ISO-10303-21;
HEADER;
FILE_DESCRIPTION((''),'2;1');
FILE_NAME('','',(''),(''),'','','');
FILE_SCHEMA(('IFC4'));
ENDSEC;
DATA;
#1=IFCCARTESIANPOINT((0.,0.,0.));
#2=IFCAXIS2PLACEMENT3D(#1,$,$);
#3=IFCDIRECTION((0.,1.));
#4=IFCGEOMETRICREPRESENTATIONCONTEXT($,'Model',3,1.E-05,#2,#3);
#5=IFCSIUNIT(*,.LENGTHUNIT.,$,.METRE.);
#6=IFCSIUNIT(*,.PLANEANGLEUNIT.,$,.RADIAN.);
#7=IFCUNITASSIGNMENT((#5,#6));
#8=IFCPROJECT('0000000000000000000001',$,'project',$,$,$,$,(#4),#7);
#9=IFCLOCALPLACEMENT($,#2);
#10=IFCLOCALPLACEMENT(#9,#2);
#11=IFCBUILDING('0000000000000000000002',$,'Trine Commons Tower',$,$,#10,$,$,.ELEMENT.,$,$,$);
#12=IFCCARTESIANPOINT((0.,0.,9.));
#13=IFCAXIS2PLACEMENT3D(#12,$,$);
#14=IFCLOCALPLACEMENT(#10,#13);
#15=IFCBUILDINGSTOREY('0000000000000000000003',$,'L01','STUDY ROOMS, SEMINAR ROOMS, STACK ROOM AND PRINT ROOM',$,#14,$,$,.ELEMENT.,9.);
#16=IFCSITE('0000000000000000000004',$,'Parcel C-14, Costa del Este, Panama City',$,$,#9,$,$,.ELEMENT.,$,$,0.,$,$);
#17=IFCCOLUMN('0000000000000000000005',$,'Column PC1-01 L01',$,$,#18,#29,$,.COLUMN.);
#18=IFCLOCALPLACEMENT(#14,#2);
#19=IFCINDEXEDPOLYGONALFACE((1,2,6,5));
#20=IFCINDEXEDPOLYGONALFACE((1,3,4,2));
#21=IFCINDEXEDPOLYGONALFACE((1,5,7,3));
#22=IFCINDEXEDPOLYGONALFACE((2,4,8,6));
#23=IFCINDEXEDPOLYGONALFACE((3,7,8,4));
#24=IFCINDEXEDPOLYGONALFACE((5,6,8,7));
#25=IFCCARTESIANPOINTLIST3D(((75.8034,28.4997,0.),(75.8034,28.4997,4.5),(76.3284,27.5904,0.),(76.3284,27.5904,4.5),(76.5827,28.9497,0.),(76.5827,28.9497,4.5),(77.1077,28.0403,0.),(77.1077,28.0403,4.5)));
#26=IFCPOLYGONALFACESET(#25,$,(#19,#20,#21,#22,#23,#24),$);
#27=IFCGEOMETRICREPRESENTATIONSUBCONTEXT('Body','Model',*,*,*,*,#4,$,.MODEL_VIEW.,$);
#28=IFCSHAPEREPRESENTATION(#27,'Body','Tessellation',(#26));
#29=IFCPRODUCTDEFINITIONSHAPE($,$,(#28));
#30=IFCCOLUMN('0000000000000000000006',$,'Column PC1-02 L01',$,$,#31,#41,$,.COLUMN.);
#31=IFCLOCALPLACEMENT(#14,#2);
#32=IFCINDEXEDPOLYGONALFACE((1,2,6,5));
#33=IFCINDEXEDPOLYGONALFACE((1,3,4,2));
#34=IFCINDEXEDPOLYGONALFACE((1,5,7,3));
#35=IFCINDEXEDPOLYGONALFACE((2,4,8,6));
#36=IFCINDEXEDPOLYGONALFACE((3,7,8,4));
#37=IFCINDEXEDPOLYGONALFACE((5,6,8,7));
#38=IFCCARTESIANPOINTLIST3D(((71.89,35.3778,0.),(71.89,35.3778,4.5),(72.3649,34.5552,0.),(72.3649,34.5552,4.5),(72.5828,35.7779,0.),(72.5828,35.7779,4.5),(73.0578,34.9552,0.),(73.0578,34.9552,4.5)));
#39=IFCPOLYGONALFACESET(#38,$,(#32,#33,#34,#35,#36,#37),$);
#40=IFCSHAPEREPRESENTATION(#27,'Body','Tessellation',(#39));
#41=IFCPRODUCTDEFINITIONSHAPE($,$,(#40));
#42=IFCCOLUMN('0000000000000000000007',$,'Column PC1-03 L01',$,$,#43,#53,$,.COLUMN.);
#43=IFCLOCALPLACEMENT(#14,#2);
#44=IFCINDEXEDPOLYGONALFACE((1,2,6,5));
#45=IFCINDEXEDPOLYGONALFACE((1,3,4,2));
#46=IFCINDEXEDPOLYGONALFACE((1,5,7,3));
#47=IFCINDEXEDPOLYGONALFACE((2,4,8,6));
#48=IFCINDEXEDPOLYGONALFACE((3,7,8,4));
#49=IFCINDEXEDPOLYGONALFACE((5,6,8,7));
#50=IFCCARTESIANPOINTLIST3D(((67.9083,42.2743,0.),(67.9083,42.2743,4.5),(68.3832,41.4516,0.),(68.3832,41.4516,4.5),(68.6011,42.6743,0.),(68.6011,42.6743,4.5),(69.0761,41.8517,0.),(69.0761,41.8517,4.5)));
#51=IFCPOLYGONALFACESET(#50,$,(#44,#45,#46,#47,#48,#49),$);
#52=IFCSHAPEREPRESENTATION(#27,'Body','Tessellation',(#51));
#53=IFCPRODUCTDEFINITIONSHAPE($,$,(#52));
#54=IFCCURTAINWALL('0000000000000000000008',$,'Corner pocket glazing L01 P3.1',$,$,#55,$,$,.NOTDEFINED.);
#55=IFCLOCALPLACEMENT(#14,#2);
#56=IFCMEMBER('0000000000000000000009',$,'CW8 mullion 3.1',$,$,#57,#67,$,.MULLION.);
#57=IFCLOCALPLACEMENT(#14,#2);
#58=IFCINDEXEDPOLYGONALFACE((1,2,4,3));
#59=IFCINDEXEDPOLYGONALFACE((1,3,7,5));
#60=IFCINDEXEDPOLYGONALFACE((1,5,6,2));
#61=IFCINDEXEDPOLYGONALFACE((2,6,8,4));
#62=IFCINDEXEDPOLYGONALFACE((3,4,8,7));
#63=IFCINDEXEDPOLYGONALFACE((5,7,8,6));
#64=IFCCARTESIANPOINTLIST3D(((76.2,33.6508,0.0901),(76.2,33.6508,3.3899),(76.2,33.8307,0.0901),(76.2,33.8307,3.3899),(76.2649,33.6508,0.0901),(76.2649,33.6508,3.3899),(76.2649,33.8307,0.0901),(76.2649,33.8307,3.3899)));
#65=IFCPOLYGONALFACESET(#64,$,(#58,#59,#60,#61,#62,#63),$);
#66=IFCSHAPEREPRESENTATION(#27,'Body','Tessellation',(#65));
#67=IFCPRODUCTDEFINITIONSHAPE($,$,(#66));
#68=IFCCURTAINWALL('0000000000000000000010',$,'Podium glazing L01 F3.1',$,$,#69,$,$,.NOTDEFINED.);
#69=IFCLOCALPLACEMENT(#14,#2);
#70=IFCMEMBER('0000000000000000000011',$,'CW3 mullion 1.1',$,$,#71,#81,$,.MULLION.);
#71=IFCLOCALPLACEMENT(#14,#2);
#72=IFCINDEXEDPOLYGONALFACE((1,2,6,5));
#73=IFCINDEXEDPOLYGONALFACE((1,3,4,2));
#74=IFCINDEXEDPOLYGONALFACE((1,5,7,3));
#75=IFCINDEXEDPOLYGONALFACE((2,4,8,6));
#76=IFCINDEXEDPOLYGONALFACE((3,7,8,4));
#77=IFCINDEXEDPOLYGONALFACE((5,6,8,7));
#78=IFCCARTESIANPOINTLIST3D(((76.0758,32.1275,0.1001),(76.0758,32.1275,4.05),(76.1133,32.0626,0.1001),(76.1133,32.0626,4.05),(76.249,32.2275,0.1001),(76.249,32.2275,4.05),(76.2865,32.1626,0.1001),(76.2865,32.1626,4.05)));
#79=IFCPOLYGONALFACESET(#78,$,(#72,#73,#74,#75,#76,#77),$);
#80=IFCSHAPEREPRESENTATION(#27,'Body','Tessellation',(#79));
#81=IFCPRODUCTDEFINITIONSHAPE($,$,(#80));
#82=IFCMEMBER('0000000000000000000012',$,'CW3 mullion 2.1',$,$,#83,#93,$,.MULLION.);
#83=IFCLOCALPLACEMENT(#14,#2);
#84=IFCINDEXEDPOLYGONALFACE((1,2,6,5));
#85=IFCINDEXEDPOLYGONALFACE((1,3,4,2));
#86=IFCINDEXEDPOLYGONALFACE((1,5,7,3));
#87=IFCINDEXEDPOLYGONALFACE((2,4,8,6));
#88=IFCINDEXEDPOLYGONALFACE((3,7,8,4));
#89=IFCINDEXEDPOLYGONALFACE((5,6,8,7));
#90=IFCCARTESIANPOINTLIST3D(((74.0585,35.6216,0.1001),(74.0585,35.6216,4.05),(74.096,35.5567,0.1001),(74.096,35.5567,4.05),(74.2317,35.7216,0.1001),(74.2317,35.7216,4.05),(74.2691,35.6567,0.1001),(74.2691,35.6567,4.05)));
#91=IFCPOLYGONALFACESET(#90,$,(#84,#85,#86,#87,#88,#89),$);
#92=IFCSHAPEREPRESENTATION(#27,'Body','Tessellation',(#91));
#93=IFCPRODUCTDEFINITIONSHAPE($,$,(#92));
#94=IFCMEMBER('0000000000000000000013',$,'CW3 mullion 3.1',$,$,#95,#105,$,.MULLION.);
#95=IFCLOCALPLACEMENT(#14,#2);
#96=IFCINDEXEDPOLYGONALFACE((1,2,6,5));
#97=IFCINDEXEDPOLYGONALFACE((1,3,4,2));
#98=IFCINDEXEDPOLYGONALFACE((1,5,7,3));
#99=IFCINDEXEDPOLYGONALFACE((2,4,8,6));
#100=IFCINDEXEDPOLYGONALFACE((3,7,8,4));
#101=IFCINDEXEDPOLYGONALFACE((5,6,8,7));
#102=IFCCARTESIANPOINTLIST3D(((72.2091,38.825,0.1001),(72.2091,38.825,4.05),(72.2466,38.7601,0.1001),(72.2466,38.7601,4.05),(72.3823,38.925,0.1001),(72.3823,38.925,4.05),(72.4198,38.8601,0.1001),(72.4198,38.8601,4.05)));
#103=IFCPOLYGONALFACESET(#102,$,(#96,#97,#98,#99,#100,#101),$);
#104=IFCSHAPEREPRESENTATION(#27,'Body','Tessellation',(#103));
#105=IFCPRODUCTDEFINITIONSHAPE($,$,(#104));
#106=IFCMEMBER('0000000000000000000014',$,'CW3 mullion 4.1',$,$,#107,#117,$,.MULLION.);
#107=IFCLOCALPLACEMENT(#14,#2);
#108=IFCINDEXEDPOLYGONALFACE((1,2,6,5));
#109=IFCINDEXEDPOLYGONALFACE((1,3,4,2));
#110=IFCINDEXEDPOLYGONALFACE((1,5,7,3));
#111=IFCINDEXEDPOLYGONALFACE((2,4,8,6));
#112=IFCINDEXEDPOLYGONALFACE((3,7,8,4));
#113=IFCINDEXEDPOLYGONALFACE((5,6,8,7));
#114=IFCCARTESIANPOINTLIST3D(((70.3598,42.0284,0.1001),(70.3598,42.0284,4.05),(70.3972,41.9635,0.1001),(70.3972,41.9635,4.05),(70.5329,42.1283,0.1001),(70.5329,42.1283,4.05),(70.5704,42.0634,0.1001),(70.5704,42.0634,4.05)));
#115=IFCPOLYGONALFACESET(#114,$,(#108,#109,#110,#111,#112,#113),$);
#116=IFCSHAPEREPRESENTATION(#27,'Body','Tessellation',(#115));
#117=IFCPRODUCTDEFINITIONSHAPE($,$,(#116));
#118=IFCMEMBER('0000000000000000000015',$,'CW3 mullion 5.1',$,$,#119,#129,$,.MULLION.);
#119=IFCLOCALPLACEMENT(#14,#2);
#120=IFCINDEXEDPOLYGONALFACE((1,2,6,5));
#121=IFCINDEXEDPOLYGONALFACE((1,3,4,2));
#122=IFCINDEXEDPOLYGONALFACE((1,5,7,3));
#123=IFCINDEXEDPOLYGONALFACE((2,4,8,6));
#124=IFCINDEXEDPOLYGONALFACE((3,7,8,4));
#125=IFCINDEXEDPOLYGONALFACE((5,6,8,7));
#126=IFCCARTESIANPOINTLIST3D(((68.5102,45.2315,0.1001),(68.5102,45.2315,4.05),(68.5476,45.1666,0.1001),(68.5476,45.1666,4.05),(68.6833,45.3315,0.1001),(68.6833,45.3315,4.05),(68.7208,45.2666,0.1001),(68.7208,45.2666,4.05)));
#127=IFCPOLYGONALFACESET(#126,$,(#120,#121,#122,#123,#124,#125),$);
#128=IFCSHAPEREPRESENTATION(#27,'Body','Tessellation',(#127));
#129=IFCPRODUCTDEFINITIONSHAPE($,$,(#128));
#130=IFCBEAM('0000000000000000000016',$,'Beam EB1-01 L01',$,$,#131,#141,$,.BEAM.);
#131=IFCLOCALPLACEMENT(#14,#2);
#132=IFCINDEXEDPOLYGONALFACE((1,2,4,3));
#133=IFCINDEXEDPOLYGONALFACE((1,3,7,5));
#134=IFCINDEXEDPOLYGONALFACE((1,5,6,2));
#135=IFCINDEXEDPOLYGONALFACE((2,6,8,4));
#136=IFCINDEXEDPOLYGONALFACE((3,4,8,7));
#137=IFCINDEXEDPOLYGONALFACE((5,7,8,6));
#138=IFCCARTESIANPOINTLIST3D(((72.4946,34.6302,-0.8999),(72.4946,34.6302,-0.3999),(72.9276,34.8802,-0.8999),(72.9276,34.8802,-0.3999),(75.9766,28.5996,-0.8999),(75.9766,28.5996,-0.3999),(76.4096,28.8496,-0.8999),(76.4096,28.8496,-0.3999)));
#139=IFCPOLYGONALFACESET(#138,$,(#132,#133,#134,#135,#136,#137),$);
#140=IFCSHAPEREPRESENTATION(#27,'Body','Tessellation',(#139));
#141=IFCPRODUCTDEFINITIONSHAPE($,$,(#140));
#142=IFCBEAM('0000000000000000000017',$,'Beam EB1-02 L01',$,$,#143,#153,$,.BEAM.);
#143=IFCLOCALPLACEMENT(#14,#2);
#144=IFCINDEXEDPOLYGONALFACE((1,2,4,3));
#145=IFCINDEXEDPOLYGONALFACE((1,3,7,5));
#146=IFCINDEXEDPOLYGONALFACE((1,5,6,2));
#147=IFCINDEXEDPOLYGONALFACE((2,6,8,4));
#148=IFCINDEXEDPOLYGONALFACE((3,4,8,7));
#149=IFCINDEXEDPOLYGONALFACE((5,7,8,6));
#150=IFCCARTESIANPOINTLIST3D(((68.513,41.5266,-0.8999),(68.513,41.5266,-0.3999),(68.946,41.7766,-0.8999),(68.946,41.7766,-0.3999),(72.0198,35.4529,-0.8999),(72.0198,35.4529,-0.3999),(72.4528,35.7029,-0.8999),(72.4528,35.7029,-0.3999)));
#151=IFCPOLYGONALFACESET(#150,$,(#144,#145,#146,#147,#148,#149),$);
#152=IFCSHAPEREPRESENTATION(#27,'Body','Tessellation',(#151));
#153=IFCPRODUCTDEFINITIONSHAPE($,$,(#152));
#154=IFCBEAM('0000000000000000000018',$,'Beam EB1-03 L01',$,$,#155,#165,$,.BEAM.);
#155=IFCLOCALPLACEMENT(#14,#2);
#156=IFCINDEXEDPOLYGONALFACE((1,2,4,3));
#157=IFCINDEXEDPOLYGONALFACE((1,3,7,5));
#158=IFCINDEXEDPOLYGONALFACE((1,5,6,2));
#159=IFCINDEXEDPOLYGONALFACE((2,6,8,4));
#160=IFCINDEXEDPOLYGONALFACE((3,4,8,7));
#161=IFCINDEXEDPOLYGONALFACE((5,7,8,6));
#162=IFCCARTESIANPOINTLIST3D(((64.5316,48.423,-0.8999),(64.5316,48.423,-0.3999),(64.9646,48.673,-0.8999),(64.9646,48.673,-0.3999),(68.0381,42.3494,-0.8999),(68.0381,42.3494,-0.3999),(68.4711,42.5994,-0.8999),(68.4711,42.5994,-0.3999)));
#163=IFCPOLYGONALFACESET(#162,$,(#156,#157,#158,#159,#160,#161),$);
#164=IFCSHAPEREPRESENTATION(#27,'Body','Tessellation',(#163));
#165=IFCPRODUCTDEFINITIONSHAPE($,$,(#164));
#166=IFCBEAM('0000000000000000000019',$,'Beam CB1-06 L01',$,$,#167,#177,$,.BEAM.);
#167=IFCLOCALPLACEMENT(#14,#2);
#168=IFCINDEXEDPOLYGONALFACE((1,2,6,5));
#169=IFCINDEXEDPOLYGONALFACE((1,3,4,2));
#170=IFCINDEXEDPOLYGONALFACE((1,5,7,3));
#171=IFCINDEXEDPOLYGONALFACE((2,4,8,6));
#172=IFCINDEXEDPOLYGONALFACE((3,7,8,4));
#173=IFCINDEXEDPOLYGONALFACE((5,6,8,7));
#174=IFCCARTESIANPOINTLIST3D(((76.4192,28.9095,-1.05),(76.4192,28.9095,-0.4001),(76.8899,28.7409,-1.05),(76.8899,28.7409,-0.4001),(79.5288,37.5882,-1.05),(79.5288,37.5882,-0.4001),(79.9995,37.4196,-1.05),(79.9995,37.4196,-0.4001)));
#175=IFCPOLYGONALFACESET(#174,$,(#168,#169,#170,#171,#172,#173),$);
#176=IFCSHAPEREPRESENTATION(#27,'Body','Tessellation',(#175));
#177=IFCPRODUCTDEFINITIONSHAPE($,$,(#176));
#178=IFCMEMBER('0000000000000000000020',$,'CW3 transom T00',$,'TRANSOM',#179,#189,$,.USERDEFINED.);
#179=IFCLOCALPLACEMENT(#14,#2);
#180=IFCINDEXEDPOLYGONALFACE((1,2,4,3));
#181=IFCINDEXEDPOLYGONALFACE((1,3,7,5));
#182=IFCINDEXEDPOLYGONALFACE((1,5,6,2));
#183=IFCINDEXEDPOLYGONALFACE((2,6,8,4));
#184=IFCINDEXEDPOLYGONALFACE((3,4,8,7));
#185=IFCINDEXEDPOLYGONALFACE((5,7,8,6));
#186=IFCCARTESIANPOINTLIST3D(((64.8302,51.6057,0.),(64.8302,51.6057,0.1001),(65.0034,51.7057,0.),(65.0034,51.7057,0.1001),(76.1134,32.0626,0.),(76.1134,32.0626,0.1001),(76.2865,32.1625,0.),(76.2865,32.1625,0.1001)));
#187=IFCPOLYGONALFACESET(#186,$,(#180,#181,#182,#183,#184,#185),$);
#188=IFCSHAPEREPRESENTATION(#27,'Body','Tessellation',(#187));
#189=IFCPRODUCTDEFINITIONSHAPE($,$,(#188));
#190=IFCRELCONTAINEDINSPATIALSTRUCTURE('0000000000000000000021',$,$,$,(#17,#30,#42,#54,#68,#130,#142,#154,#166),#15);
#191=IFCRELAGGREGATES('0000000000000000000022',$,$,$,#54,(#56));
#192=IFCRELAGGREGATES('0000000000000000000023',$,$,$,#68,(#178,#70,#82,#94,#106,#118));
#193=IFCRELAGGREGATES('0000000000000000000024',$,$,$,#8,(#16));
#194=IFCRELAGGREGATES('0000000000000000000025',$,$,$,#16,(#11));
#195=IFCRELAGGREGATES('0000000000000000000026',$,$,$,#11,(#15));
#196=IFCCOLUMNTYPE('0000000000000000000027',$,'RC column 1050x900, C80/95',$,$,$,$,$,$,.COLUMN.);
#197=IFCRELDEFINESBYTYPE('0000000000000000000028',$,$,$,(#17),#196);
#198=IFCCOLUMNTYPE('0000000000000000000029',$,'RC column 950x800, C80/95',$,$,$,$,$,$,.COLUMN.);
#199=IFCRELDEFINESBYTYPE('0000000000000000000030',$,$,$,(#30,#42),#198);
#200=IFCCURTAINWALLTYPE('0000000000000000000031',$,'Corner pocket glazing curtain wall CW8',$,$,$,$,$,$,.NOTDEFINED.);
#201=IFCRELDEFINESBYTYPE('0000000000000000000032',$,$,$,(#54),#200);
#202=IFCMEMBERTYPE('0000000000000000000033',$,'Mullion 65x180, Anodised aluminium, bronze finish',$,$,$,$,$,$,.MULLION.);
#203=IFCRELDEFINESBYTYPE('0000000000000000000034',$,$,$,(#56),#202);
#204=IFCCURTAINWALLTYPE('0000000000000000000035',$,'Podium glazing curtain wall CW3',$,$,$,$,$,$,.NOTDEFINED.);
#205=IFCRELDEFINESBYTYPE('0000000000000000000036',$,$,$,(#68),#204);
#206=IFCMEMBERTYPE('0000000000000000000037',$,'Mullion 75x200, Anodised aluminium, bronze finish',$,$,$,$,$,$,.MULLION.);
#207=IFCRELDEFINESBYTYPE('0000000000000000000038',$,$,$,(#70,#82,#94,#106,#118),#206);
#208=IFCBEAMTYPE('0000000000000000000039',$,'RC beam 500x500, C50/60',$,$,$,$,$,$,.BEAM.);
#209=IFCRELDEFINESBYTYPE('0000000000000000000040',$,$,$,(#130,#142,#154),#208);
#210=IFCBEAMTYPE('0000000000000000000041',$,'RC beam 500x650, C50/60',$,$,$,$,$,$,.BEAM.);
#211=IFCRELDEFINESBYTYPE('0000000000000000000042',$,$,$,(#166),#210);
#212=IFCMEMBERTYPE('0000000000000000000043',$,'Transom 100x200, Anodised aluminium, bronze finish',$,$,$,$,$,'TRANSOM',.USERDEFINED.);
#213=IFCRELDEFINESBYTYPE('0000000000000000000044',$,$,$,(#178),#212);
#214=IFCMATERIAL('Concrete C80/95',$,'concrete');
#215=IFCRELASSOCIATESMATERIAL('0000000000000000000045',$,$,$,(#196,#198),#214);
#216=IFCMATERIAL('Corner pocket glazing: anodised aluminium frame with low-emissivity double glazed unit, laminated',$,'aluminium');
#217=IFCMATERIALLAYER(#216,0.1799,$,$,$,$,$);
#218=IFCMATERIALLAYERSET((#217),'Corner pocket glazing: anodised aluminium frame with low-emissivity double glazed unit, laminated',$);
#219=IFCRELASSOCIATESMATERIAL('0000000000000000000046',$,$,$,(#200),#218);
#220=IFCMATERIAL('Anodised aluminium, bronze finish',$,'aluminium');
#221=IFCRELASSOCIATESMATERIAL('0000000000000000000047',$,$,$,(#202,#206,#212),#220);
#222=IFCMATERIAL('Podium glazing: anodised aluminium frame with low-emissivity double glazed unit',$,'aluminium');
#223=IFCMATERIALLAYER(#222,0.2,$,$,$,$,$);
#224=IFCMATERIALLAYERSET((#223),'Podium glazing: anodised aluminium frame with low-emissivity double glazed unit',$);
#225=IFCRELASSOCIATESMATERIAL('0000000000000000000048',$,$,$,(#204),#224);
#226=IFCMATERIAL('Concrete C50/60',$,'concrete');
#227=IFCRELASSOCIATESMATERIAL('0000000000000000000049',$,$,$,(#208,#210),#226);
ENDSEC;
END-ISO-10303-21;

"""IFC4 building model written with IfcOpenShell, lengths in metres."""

from ifc_helpers import new_model, si_unit, direction, frame, origin, origin_2d, place, context, subcontext, project, spatial, rectangle, extrude, material, layer, layer_set, material_profile, profile_set, type_object, element, aggregate, save


model = new_model("IFC4")

# Units and contexts
model_context = context("Model", 3, precision=1e-05, world=origin(), true_north=direction((0.0, 1.0)))
body_context = subcontext(model_context, "Body", "Model", "MODEL_VIEW")
ifc_project = project(units=[si_unit("LENGTHUNIT", "METRE"), si_unit("PLANEANGLEUNIT", "RADIAN")], contexts=[model_context])

# Site, building, storey
site_placement = place(None, origin())
site = spatial("IfcSite", under=ifc_project, at=site_placement, Name="Parcel C-14, Costa del Este, Panama City", CompositionType="ELEMENT", RefElevation=0.0)
building_placement = place(site_placement, origin())
building = spatial("IfcBuilding", under=site, at=building_placement, Name="Trine Commons Tower", CompositionType="ELEMENT")
storey_placement = place(building_placement, frame((0.0, 0.0, 9.0)))
storey = spatial("IfcBuildingStorey", under=building, at=storey_placement, Name="L01", Description="STUDY ROOMS, SEMINAR ROOMS, STACK ROOM AND PRINT ROOM", CompositionType="ELEMENT", Elevation=9.0)

# Columns
ifc_material_1 = material(Name="Concrete C80/95", Category="concrete")
ifc_material_profile_1 = material_profile(ifc_material_1, rectangle(XDim=1.05, YDim=0.8999, at=origin_2d()), Name="RC 1050x900")
ifc_profile_set_1 = profile_set([ifc_material_profile_1], Name="Concrete C80/95")
column_type_1 = type_object("IfcColumnType", Name="RC column 1050x900, C80/95", PredefinedType="COLUMN", material=ifc_profile_set_1)
column_placement = place(storey_placement, frame((76.4556, 28.27, 0.0), z_axis=(0.0, 0.0, 1.0), x_axis=(-0.5, 0.866025, 0.0)))
element("IfcColumn", 1, at=column_placement, inside=storey, type_object=column_type_1, Name="Column PC1-01 L01", PredefinedType="COLUMN", context=body_context, shape_type="SweptSolid", body=[
    extrude(rectangle(XDim=1.05, YDim=0.8999, at=origin_2d()), origin(), (0.0, 0.0, 1.0), 4.5),
])
ifc_material_profile_2 = material_profile(ifc_material_1, rectangle(XDim=0.95, YDim=0.8, at=origin_2d()), Name="RC 950x800")
ifc_profile_set_2 = profile_set([ifc_material_profile_2], Name="Concrete C80/95")
column_type_2 = type_object("IfcColumnType", Name="RC column 950x800, C80/95", PredefinedType="COLUMN", material=ifc_profile_set_2)
for number, where, z_axis, x_axis, name in (
    (2, (72.4739, 35.1665, 0.0), (0.0, 0.0, 1.0), (-0.5, 0.866025, 0.0), "Column PC1-02 L01"),
    (3, (68.4922, 42.063, 0.0), (0.0, 0.0, 1.0), (-0.5, 0.866025, 0.0), "Column PC1-03 L01"),
):
    element("IfcColumn", number, at=place(storey_placement, frame(where, z_axis=z_axis, x_axis=x_axis)), inside=storey, type_object=column_type_2, Name=name, PredefinedType="COLUMN", context=body_context, shape_type="SweptSolid", body=[
        extrude(rectangle(XDim=0.95, YDim=0.8, at=origin_2d()), origin(), (0.0, 0.0, 1.0), 4.5),
    ])

# Curtain wall, member
ifc_material_2 = material(Name="Corner pocket glazing: anodised aluminium frame with low-emissivity double glazed unit, laminated", Category="aluminium")
ifc_layer_1 = layer(ifc_material_2, 0.1799)
ifc_layer_set_1 = layer_set([ifc_layer_1], Name="Corner pocket glazing: anodised aluminium frame with low-emissivity double glazed unit, laminated")
curtain_wall_type_1 = type_object("IfcCurtainWallType", Name="Corner pocket glazing curtain wall CW8", PredefinedType="NOTDEFINED", material=ifc_layer_set_1)
curtain_wall_1_placement = place(storey_placement, origin())
curtain_wall_1 = element("IfcCurtainWall", 4, at=curtain_wall_1_placement, inside=storey, type_object=curtain_wall_type_1, Name="Corner pocket glazing L01 P3.1", PredefinedType="NOTDEFINED")
ifc_material_3 = material(Name="Anodised aluminium, bronze finish", Category="aluminium")
ifc_material_profile_3 = material_profile(ifc_material_3, rectangle(XDim=0.1799, YDim=0.0649, at=origin_2d()), Name="Mullion 65x180")
ifc_profile_set_3 = profile_set([ifc_material_profile_3], Name="Anodised aluminium, bronze finish")
member_type_1 = type_object("IfcMemberType", Name="Mullion 65x180, Anodised aluminium, bronze finish", PredefinedType="MULLION", material=ifc_profile_set_3)
member_1_placement = place(storey_placement, frame((76.2324, 33.7407, 0.0901), z_axis=(0.0, 0.0, 1.0), x_axis=(0.0, -1.0, 0.0)))
member_1 = element("IfcMember", 5, at=member_1_placement, type_object=member_type_1, Name="CW8 mullion 3.1", PredefinedType="MULLION", context=body_context, shape_type="SweptSolid", body=[
    extrude(rectangle(XDim=0.1799, YDim=0.0649, at=origin_2d()), origin(), (0.0, 0.0, 1.0), 3.2998),
])

# Curtain wall, members
ifc_material_4 = material(Name="Podium glazing: anodised aluminium frame with low-emissivity double glazed unit", Category="aluminium")
ifc_layer_2 = layer(ifc_material_4, 0.2)
ifc_layer_set_2 = layer_set([ifc_layer_2], Name="Podium glazing: anodised aluminium frame with low-emissivity double glazed unit")
curtain_wall_type_2 = type_object("IfcCurtainWallType", Name="Podium glazing curtain wall CW3", PredefinedType="NOTDEFINED", material=ifc_layer_set_2)
curtain_wall_2_placement = place(storey_placement, origin())
curtain_wall_2 = element("IfcCurtainWall", 6, at=curtain_wall_2_placement, inside=storey, type_object=curtain_wall_type_2, Name="Podium glazing L01 F3.1", PredefinedType="NOTDEFINED")
ifc_material_profile_4 = material_profile(ifc_material_3, rectangle(XDim=0.2, YDim=0.075, at=origin_2d()), Name="Mullion 75x200")
ifc_profile_set_4 = profile_set([ifc_material_profile_4], Name="Anodised aluminium, bronze finish")
member_type_2 = type_object("IfcMemberType", Name="Mullion 75x200, Anodised aluminium, bronze finish", PredefinedType="MULLION", material=ifc_profile_set_4)
member_2_placement = place(storey_placement, frame((76.1812, 32.145, 0.1001), z_axis=(0.0, 0.0, 1.0), x_axis=(-0.866025, -0.5, 0.0)))
member_2 = element("IfcMember", 7, at=member_2_placement, type_object=member_type_2, Name="CW3 mullion 1.1", PredefinedType="MULLION", context=body_context, shape_type="SweptSolid", body=[
    extrude(rectangle(XDim=0.2, YDim=0.075, at=origin_2d()), origin(), (0.0, 0.0, 1.0), 3.95),
])
member_3_placement = place(storey_placement, frame((74.1638, 35.6392, 0.1001), z_axis=(0.0, 0.0, 1.0), x_axis=(-0.866025, -0.5, 0.0)))
member_3 = element("IfcMember", 8, at=member_3_placement, type_object=member_type_2, Name="CW3 mullion 2.1", PredefinedType="MULLION", context=body_context, shape_type="SweptSolid", body=[
    extrude(rectangle(XDim=0.2, YDim=0.075, at=origin_2d()), origin(), (0.0, 0.0, 1.0), 3.95),
])
member_4_placement = place(storey_placement, frame((72.3145, 38.8425, 0.1001), z_axis=(0.0, 0.0, 1.0), x_axis=(-0.866025, -0.5, 0.0)))
member_4 = element("IfcMember", 9, at=member_4_placement, type_object=member_type_2, Name="CW3 mullion 3.1", PredefinedType="MULLION", context=body_context, shape_type="SweptSolid", body=[
    extrude(rectangle(XDim=0.2, YDim=0.075, at=origin_2d()), origin(), (0.0, 0.0, 1.0), 3.95),
])
member_5_placement = place(storey_placement, frame((70.4651, 42.0459, 0.1001), z_axis=(0.0, 0.0, 1.0), x_axis=(-0.866025, -0.5, 0.0)))
member_5 = element("IfcMember", 10, at=member_5_placement, type_object=member_type_2, Name="CW3 mullion 4.1", PredefinedType="MULLION", context=body_context, shape_type="SweptSolid", body=[
    extrude(rectangle(XDim=0.2, YDim=0.075, at=origin_2d()), origin(), (0.0, 0.0, 1.0), 3.95),
])
member_6_placement = place(storey_placement, frame((68.6155, 45.249, 0.1001), z_axis=(0.0, 0.0, 1.0), x_axis=(-0.866025, -0.5, 0.0)))
member_6 = element("IfcMember", 11, at=member_6_placement, type_object=member_type_2, Name="CW3 mullion 5.1", PredefinedType="MULLION", context=body_context, shape_type="SweptSolid", body=[
    extrude(rectangle(XDim=0.2, YDim=0.075, at=origin_2d()), origin(), (0.0, 0.0, 1.0), 3.95),
])

# Beams
ifc_material_5 = material(Name="Concrete C50/60", Category="concrete")
ifc_material_profile_5 = material_profile(ifc_material_5, rectangle(XDim=0.5, YDim=0.5, at=origin_2d()), Name="RC 500x500")
ifc_profile_set_5 = profile_set([ifc_material_profile_5], Name="Concrete C50/60")
beam_type_1 = type_object("IfcBeamType", Name="RC beam 500x500, C50/60", PredefinedType="BEAM", material=ifc_profile_set_5)
beam_1_placement = place(storey_placement, frame((76.1931, 28.7246, -0.6499), z_axis=(-0.500023, 0.866012, 0.0), x_axis=(-0.866012, -0.500023, 0.0)))
element("IfcBeam", 12, at=beam_1_placement, inside=storey, type_object=beam_type_1, Name="Beam EB1-01 L01", PredefinedType="BEAM", context=body_context, shape_type="SweptSolid", body=[
    extrude(rectangle(XDim=0.5, YDim=0.5, at=origin_2d()), origin(), (0.0, 0.0, 1.0), 6.9636),
])
beam_2_placement = place(storey_placement, frame((72.2363, 35.5779, -0.6499), z_axis=(-0.500018, 0.866015, 0.0), x_axis=(-0.866015, -0.500018, 0.0)))
element("IfcBeam", 13, at=beam_2_placement, inside=storey, type_object=beam_type_1, Name="Beam EB1-02 L01", PredefinedType="BEAM", context=body_context, shape_type="SweptSolid", body=[
    extrude(rectangle(XDim=0.5, YDim=0.5, at=origin_2d()), origin(), (0.0, 0.0, 1.0), 7.0134),
])
beam_3_placement = place(storey_placement, frame((68.2546, 42.4744, -0.6499), z_axis=(-0.499992, 0.86603, 0.0), x_axis=(-0.86603, -0.499992, 0.0)))
element("IfcBeam", 14, at=beam_3_placement, inside=storey, type_object=beam_type_1, Name="Beam EB1-03 L01", PredefinedType="BEAM", context=body_context, shape_type="SweptSolid", body=[
    extrude(rectangle(XDim=0.5, YDim=0.5, at=origin_2d()), origin(), (0.0, 0.0, 1.0), 7.0132),
])
ifc_material_profile_6 = material_profile(ifc_material_5, rectangle(XDim=0.5, YDim=0.6499, at=origin_2d()), Name="RC 500x650")
ifc_profile_set_6 = profile_set([ifc_material_profile_6], Name="Concrete C50/60")
beam_type_2 = type_object("IfcBeamType", Name="RC beam 500x650, C50/60", PredefinedType="BEAM", material=ifc_profile_set_6)
beam_4_placement = place(storey_placement, frame((76.6545, 28.8252, -0.7251), z_axis=(0.337306, 0.941395, 0.0), x_axis=(-0.941395, 0.337306, 0.0)))
element("IfcBeam", 15, at=beam_4_placement, inside=storey, type_object=beam_type_2, Name="Beam CB1-06 L01", PredefinedType="BEAM", context=body_context, shape_type="SweptSolid", body=[
    extrude(rectangle(XDim=0.5, YDim=0.6499, at=origin_2d()), origin(), (0.0, 0.0, 1.0), 9.219),
])

# Member
ifc_material_profile_7 = material_profile(ifc_material_3, rectangle(XDim=0.2, YDim=0.1001, at=origin_2d()), Name="Transom 100x200")
ifc_profile_set_7 = profile_set([ifc_material_profile_7], Name="Anodised aluminium, bronze finish")
member_type_3 = type_object("IfcMemberType", Name="Transom 100x200, Anodised aluminium, bronze finish", ElementType="TRANSOM", PredefinedType="USERDEFINED", material=ifc_profile_set_7)
member_7_placement = place(storey_placement, frame((76.2, 32.1125, 0.05), z_axis=(-0.499997, 0.866027, 0.0), x_axis=(-0.866027, -0.499997, 0.0)))
member_7 = element("IfcMember", 16, at=member_7_placement, type_object=member_type_3, Name="CW3 transom T00", ObjectType="TRANSOM", PredefinedType="USERDEFINED", context=body_context, shape_type="SweptSolid", body=[
    extrude(rectangle(XDim=0.2, YDim=0.1001, at=origin_2d()), origin(), (0.0, 0.0, 1.0), 22.5664),
])

aggregate(curtain_wall_1, [member_1])
aggregate(curtain_wall_2, [member_7, member_2, member_3, member_4, member_5, member_6])

save(model, "model.ifc")
